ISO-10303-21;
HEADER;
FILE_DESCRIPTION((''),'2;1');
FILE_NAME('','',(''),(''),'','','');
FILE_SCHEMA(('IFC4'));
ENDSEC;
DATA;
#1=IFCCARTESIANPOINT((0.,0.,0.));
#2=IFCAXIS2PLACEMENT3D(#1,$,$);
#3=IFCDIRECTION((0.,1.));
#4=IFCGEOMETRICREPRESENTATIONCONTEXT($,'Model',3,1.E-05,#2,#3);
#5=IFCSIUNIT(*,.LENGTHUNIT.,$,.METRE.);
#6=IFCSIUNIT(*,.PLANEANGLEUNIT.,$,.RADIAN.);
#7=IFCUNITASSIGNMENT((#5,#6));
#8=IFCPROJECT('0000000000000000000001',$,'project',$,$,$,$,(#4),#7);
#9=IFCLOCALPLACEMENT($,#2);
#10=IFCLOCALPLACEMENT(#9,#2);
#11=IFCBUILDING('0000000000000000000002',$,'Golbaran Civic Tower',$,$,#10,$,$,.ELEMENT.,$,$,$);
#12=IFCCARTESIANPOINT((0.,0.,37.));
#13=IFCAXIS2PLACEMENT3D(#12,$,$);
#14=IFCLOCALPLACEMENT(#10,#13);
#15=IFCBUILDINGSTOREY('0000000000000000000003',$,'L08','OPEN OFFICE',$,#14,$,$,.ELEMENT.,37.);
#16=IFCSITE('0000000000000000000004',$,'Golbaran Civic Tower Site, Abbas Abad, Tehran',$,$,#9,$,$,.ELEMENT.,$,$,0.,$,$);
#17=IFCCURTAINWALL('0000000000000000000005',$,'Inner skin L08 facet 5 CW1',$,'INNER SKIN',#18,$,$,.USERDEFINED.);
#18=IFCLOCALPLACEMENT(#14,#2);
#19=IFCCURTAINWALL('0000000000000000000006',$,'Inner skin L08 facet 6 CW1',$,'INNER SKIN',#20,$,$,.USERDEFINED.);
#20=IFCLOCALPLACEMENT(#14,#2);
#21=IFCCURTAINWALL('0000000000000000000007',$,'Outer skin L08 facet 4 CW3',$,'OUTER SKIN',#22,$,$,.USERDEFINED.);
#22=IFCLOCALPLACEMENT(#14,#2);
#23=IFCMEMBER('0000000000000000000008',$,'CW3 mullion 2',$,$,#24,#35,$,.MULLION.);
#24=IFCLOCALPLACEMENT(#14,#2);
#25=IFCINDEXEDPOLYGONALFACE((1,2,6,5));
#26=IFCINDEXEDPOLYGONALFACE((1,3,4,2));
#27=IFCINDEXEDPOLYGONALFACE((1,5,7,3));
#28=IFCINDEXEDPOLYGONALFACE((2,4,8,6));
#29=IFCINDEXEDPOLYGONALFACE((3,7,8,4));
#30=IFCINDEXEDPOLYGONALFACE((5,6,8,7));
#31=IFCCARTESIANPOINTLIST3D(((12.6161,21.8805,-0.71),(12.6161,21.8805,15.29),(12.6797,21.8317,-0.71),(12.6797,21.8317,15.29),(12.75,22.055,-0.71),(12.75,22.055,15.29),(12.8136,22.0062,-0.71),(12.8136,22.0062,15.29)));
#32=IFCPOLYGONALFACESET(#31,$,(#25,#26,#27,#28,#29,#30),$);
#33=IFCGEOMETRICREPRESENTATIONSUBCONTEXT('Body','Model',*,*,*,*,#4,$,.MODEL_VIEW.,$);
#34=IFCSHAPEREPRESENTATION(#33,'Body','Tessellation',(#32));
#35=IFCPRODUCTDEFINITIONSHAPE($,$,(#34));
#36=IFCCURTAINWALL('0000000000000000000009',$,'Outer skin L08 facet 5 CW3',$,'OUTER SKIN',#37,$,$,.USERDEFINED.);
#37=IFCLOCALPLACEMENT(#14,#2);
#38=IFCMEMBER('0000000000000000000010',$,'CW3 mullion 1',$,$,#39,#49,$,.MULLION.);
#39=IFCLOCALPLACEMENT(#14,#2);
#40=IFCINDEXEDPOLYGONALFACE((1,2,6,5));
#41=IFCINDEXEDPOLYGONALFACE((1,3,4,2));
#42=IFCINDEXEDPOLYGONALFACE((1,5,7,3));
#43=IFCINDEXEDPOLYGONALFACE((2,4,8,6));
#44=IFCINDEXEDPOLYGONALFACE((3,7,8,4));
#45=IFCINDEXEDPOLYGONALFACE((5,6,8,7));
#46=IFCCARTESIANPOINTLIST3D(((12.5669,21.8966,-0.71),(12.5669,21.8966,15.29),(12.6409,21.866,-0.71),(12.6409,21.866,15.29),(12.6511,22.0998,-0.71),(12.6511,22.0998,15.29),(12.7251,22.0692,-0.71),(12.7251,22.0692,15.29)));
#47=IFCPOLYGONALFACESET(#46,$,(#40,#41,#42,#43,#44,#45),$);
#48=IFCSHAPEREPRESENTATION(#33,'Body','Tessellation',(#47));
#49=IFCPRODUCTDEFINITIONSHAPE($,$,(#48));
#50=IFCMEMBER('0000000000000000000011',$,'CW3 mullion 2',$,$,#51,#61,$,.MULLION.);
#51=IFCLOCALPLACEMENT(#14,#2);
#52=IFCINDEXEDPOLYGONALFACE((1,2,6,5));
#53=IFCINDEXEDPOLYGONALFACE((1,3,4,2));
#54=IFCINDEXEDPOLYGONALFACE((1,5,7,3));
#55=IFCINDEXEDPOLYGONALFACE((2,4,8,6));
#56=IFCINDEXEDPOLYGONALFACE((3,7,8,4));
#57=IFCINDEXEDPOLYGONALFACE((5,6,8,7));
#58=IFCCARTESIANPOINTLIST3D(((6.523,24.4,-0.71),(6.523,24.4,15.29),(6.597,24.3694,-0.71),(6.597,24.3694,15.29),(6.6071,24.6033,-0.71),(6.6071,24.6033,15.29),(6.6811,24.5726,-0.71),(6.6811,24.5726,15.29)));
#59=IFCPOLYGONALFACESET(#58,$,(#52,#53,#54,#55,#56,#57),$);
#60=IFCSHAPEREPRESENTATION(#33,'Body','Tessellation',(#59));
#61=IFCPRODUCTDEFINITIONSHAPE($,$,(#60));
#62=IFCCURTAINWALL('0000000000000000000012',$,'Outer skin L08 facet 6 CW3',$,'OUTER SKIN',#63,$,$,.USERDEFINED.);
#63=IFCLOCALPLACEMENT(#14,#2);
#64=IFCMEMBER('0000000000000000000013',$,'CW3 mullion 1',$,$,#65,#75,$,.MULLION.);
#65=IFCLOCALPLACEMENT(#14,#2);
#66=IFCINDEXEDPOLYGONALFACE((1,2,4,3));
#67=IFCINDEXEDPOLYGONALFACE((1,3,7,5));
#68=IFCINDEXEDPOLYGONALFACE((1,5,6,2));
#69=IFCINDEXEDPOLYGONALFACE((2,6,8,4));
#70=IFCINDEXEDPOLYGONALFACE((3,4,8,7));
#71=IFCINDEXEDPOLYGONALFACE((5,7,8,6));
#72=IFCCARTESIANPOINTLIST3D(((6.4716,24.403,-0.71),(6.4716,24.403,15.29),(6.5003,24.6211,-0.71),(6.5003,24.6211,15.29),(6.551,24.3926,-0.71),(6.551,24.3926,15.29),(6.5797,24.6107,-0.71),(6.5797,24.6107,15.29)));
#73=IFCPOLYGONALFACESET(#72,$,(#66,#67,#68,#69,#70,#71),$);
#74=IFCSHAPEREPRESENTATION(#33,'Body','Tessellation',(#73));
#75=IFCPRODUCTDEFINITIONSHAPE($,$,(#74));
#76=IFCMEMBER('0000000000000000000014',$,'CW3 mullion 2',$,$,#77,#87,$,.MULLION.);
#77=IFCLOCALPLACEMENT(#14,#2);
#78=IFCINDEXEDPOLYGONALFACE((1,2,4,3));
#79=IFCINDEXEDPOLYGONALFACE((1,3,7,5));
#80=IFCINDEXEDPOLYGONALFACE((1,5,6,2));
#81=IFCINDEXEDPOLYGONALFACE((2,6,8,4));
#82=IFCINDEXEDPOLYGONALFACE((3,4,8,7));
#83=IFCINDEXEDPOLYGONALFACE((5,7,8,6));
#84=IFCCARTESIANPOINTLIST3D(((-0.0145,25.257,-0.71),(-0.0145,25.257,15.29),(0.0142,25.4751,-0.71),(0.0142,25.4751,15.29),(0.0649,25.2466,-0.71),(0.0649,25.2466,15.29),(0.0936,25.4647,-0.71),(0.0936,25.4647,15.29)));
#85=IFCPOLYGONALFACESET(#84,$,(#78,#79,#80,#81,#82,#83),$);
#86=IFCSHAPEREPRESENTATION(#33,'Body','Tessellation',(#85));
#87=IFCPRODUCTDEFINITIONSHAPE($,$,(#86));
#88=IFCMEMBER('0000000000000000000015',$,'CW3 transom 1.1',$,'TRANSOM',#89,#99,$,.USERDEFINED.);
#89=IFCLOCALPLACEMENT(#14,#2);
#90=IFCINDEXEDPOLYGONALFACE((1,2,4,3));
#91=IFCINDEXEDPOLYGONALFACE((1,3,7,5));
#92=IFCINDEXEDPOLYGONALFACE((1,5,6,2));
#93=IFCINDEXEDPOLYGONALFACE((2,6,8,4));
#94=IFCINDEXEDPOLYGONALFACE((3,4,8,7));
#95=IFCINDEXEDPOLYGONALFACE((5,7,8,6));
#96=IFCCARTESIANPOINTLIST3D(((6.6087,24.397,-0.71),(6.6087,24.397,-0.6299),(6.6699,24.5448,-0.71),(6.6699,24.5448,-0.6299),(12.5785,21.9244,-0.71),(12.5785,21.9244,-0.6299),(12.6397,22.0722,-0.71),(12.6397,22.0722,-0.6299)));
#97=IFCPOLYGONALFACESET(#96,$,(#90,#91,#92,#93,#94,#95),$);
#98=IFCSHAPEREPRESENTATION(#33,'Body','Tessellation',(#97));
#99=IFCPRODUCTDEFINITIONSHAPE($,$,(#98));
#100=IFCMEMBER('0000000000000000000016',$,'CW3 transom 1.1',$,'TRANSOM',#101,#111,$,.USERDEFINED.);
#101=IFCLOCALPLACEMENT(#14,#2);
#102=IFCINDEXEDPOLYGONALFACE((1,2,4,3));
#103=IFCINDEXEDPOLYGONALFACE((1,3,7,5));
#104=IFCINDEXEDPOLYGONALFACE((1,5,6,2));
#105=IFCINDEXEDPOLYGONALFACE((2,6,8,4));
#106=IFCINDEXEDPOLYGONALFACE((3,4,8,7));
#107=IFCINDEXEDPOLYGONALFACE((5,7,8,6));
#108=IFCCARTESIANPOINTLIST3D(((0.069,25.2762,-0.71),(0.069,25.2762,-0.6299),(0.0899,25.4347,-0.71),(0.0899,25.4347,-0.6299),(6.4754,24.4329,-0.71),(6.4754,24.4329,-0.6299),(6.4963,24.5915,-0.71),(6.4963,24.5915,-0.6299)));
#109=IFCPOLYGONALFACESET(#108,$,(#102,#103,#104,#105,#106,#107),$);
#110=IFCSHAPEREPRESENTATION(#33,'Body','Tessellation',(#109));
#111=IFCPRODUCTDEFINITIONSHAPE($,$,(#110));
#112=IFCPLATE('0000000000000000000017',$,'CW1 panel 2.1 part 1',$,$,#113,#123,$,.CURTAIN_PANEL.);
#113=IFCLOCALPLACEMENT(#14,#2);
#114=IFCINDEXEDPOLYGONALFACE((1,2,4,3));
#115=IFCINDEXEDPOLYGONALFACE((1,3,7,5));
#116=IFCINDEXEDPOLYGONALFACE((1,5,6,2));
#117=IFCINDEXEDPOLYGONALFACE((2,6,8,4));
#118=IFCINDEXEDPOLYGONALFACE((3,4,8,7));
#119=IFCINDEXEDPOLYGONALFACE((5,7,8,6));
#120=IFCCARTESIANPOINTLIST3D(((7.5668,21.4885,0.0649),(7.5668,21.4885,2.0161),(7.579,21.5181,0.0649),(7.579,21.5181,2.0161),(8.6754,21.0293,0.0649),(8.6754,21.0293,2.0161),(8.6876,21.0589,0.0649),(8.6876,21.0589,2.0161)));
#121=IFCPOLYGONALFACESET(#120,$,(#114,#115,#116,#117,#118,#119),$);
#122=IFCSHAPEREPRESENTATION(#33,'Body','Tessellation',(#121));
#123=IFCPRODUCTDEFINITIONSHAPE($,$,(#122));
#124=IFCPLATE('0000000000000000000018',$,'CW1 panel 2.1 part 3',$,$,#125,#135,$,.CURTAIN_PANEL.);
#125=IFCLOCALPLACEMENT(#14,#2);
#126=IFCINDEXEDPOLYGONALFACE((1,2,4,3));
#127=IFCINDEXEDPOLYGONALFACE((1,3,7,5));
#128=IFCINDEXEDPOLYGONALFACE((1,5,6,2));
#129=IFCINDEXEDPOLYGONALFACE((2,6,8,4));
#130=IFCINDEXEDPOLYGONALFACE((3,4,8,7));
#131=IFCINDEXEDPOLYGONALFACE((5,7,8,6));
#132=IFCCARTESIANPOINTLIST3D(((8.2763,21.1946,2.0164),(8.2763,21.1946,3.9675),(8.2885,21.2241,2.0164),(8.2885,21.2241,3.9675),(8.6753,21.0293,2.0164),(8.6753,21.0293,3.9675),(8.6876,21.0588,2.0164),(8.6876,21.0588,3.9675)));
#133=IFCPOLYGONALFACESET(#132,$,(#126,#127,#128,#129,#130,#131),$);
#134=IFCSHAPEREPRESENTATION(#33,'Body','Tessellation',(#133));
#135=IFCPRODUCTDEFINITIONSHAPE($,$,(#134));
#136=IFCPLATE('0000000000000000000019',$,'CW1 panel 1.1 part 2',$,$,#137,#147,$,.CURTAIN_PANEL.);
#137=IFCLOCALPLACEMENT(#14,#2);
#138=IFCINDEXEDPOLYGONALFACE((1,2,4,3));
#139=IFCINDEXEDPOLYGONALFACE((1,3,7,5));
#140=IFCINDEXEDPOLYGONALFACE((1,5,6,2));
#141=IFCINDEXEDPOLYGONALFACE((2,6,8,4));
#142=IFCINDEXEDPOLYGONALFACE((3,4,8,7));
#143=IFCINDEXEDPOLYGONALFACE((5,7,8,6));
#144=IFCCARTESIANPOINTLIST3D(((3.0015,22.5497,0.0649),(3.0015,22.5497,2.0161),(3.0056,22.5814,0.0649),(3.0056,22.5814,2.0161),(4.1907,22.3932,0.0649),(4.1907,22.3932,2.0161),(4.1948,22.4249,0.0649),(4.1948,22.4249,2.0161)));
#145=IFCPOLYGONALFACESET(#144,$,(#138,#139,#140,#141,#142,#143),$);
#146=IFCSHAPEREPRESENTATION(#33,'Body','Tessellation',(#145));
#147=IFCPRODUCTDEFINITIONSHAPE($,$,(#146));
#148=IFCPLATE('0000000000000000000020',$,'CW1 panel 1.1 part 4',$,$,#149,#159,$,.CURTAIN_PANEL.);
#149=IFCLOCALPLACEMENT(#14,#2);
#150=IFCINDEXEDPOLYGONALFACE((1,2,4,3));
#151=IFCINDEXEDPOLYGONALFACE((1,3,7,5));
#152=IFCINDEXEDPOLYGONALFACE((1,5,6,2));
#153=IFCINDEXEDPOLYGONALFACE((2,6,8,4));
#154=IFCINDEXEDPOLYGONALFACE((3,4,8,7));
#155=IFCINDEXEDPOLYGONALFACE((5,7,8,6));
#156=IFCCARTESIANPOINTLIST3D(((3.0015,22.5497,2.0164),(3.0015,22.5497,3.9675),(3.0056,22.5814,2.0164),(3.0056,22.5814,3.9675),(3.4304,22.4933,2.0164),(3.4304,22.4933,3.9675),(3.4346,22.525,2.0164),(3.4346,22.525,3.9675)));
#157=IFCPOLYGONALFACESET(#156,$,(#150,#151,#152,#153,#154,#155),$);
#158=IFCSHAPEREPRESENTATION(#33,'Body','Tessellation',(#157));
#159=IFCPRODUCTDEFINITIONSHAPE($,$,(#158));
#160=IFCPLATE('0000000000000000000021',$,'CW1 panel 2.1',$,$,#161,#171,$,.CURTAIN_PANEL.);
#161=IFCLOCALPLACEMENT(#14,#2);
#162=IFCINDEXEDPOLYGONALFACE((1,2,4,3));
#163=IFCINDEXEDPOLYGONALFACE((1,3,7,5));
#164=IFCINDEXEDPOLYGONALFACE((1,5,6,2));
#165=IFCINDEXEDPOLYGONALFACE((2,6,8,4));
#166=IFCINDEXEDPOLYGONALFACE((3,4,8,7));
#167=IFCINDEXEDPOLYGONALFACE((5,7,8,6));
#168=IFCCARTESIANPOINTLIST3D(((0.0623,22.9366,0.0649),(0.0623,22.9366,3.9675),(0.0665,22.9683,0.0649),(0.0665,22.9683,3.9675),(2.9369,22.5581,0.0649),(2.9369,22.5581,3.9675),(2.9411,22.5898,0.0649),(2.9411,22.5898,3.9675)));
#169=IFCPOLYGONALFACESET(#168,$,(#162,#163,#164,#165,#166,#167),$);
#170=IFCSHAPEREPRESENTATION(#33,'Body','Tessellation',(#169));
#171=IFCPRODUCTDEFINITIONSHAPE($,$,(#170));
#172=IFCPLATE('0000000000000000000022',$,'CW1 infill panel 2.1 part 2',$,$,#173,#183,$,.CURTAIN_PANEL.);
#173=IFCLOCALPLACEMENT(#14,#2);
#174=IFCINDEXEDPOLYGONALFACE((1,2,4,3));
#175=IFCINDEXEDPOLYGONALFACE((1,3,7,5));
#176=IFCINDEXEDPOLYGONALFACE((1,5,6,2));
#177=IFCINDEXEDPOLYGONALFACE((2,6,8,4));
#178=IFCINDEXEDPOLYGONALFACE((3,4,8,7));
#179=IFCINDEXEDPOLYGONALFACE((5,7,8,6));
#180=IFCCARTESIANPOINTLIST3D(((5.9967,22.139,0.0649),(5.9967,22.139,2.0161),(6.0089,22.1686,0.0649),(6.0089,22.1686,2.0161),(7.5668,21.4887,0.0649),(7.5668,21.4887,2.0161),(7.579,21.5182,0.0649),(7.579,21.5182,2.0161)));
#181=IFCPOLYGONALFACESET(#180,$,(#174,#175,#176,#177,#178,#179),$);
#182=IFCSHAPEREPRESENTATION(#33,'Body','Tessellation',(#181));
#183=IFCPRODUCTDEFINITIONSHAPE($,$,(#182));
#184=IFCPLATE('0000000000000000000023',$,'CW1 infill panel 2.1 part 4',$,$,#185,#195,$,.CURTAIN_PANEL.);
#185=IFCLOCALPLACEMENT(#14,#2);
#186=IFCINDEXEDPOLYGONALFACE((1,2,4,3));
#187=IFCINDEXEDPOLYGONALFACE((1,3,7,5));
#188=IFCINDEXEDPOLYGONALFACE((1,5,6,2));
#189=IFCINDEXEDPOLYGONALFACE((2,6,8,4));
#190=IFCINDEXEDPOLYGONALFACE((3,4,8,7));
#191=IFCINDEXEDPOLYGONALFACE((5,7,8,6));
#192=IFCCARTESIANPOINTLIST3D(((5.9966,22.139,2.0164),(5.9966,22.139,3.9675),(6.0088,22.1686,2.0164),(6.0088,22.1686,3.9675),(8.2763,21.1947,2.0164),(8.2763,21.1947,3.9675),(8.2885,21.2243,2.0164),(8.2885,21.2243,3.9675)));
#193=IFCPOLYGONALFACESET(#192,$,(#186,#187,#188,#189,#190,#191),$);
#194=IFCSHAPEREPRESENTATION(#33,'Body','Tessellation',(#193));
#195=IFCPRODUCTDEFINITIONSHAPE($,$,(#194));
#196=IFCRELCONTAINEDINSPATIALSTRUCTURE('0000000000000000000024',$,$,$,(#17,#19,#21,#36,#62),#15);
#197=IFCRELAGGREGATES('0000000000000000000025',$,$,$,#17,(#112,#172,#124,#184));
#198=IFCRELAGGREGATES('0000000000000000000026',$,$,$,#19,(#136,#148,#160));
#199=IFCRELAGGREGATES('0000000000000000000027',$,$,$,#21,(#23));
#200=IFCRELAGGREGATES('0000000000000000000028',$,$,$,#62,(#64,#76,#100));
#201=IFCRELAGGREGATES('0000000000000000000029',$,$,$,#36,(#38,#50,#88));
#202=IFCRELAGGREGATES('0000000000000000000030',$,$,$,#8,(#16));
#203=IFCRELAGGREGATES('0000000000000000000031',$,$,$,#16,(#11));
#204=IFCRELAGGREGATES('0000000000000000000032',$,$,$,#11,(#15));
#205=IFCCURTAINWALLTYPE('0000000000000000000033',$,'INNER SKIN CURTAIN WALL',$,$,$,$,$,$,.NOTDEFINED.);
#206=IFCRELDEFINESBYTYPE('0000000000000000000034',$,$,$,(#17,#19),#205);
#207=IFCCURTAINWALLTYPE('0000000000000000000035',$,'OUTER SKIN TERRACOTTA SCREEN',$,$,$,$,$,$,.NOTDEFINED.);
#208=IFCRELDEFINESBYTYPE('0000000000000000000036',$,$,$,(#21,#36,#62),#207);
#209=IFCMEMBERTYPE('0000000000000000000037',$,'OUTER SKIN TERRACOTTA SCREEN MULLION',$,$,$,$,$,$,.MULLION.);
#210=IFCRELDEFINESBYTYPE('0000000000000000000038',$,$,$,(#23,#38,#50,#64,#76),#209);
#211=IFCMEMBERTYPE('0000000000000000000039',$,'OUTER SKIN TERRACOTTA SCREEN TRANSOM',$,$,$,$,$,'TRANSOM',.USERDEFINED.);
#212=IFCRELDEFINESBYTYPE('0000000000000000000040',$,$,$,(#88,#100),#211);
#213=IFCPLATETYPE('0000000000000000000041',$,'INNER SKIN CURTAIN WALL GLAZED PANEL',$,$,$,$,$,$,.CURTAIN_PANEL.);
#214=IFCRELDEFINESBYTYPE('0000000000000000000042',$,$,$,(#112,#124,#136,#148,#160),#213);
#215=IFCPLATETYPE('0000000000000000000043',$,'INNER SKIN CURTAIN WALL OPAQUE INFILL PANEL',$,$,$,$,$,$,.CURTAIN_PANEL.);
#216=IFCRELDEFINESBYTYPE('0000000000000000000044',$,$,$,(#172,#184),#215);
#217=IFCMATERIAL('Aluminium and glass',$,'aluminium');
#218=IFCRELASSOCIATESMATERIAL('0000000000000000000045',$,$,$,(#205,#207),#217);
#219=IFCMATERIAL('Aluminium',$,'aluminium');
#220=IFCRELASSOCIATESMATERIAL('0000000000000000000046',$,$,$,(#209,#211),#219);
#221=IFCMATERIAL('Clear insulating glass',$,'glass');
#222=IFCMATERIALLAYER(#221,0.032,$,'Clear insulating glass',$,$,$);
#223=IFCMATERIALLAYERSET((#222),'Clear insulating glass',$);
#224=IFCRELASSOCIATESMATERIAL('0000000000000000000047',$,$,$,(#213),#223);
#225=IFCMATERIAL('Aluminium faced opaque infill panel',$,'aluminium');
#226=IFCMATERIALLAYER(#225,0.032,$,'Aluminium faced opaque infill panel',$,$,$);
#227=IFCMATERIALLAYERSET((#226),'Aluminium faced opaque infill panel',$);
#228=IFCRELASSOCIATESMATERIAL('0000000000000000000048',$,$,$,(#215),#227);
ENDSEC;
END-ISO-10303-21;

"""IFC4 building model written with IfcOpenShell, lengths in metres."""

from ifc_helpers import new_model, si_unit, direction, frame, origin, origin_2d, place, context, subcontext, project, spatial, rectangle, extrude, material, layer, layer_set, material_profile, profile_set, type_object, element, aggregate, save


model = new_model("IFC4")

# Units and contexts
model_context = context("Model", 3, precision=1e-05, world=origin(), true_north=direction((0.0, 1.0)))
body_context = subcontext(model_context, "Body", "Model", "MODEL_VIEW")
ifc_project = project(units=[si_unit("LENGTHUNIT", "METRE"), si_unit("PLANEANGLEUNIT", "RADIAN")], contexts=[model_context])

# Site, building, storey
site_placement = place(None, origin())
site = spatial("IfcSite", under=ifc_project, at=site_placement, Name="Golbaran Civic Tower Site, Abbas Abad, Tehran", CompositionType="ELEMENT", RefElevation=0.0)
building_placement = place(site_placement, origin())
building = spatial("IfcBuilding", under=site, at=building_placement, Name="Golbaran Civic Tower", CompositionType="ELEMENT")
storey_placement = place(building_placement, frame((0.0, 0.0, 37.0)))
storey = spatial("IfcBuildingStorey", under=building, at=storey_placement, Name="L08", Description="OPEN OFFICE", CompositionType="ELEMENT", Elevation=37.0)

# Curtain wall
ifc_material_1 = material(Name="Aluminium and glass", Category="aluminium")
curtain_wall_type_1 = type_object("IfcCurtainWallType", Name="INNER SKIN CURTAIN WALL", PredefinedType="NOTDEFINED", material=ifc_material_1)
curtain_wall_1_placement = place(storey_placement, origin())
curtain_wall_1 = element("IfcCurtainWall", 1, at=curtain_wall_1_placement, inside=storey, type_object=curtain_wall_type_1, Name="Inner skin L08 facet 5 CW1", ObjectType="INNER SKIN", PredefinedType="USERDEFINED")
ifc_material_2 = material(Name="Aluminium", Category="aluminium")

# Curtain wall
curtain_wall_2_placement = place(storey_placement, origin())
curtain_wall_2 = element("IfcCurtainWall", 2, at=curtain_wall_2_placement, inside=storey, type_object=curtain_wall_type_1, Name="Inner skin L08 facet 6 CW1", ObjectType="INNER SKIN", PredefinedType="USERDEFINED")

# Curtain wall, member
curtain_wall_type_2 = type_object("IfcCurtainWallType", Name="OUTER SKIN TERRACOTTA SCREEN", PredefinedType="NOTDEFINED", material=ifc_material_1)
curtain_wall_3_placement = place(storey_placement, origin())
curtain_wall_3 = element("IfcCurtainWall", 3, at=curtain_wall_3_placement, inside=storey, type_object=curtain_wall_type_2, Name="Outer skin L08 facet 4 CW3", ObjectType="OUTER SKIN", PredefinedType="USERDEFINED")
ifc_material_profile_1 = material_profile(ifc_material_2, rectangle(XDim=0.22, YDim=0.0801, at=origin_2d()), Name="OUTER SKIN TERRACOTTA SCREEN MULLION")
ifc_profile_set_1 = profile_set([ifc_material_profile_1], Name="Aluminium")
member_type_1 = type_object("IfcMemberType", Name="OUTER SKIN TERRACOTTA SCREEN MULLION", PredefinedType="MULLION", material=ifc_profile_set_1)
member_1_placement = place(storey_placement, frame((12.7148, 21.9434, -0.71), z_axis=(0.0, 0.0, 1.0), x_axis=(-0.608761, -0.793353, 0.0)))
member_1 = element("IfcMember", 4, at=member_1_placement, type_object=member_type_1, Name="CW3 mullion 2", PredefinedType="MULLION", context=body_context, shape_type="SweptSolid", body=[
    extrude(rectangle(XDim=0.22, YDim=0.0801, at=origin_2d()), origin(), (0.0, 0.0, 1.0), 16.0),
])

# Curtain walls, members
curtain_wall_4_placement = place(storey_placement, origin())
curtain_wall_4 = element("IfcCurtainWall", 5, at=curtain_wall_4_placement, inside=storey, type_object=curtain_wall_type_2, Name="Outer skin L08 facet 5 CW3", ObjectType="OUTER SKIN", PredefinedType="USERDEFINED")
member_2_placement = place(storey_placement, frame((12.646, 21.9829, -0.71), z_axis=(0.0, 0.0, 1.0), x_axis=(-0.382683, -0.92388, 0.0)))
member_2 = element("IfcMember", 6, at=member_2_placement, type_object=member_type_1, Name="CW3 mullion 1", PredefinedType="MULLION", context=body_context, shape_type="SweptSolid", body=[
    extrude(rectangle(XDim=0.22, YDim=0.0801, at=origin_2d()), origin(), (0.0, 0.0, 1.0), 16.0),
])
member_3_placement = place(storey_placement, frame((6.6021, 24.4863, -0.71), z_axis=(0.0, 0.0, 1.0), x_axis=(-0.382683, -0.92388, 0.0)))
member_3 = element("IfcMember", 7, at=member_3_placement, type_object=member_type_1, Name="CW3 mullion 2", PredefinedType="MULLION", context=body_context, shape_type="SweptSolid", body=[
    extrude(rectangle(XDim=0.22, YDim=0.0801, at=origin_2d()), origin(), (0.0, 0.0, 1.0), 16.0),
])
curtain_wall_5_placement = place(storey_placement, origin())
curtain_wall_5 = element("IfcCurtainWall", 8, at=curtain_wall_5_placement, inside=storey, type_object=curtain_wall_type_2, Name="Outer skin L08 facet 6 CW3", ObjectType="OUTER SKIN", PredefinedType="USERDEFINED")
member_4_placement = place(storey_placement, frame((6.5256, 24.5068, -0.71), z_axis=(0.0, 0.0, 1.0), x_axis=(-0.130526, -0.991445, 0.0)))
member_4 = element("IfcMember", 9, at=member_4_placement, type_object=member_type_1, Name="CW3 mullion 1", PredefinedType="MULLION", context=body_context, shape_type="SweptSolid", body=[
    extrude(rectangle(XDim=0.22, YDim=0.0801, at=origin_2d()), origin(), (0.0, 0.0, 1.0), 16.0),
])
member_5_placement = place(storey_placement, frame((0.0396, 25.3608, -0.71), z_axis=(0.0, 0.0, 1.0), x_axis=(-0.130526, -0.991445, 0.0)))
member_5 = element("IfcMember", 10, at=member_5_placement, type_object=member_type_1, Name="CW3 mullion 2", PredefinedType="MULLION", context=body_context, shape_type="SweptSolid", body=[
    extrude(rectangle(XDim=0.22, YDim=0.0801, at=origin_2d()), origin(), (0.0, 0.0, 1.0), 16.0),
])

# Members
ifc_material_profile_2 = material_profile(ifc_material_2, rectangle(XDim=0.1599, YDim=0.0801, at=origin_2d()), Name="OUTER SKIN TERRACOTTA SCREEN TRANSOM")
ifc_profile_set_2 = profile_set([ifc_material_profile_2], Name="Aluminium")
member_type_2 = type_object("IfcMemberType", Name="OUTER SKIN TERRACOTTA SCREEN TRANSOM", ElementType="TRANSOM", PredefinedType="USERDEFINED", material=ifc_profile_set_2)
member_6_placement = place(storey_placement, frame((12.6091, 21.9983, -0.6699), z_axis=(-0.92389, 0.382659, 0.0), x_axis=(-0.382659, -0.92389, 0.0)))
member_6 = element("IfcMember", 11, at=member_6_placement, type_object=member_type_2, Name="CW3 transom 1.1", ObjectType="TRANSOM", PredefinedType="USERDEFINED", context=body_context, shape_type="SweptSolid", body=[
    extrude(rectangle(XDim=0.1599, YDim=0.0801, at=origin_2d()), origin(), (0.0, 0.0, 1.0), 6.4617),
])
member_7_placement = place(storey_placement, frame((6.4858, 24.5122, -0.6699), z_axis=(-0.991448, 0.1305, 0.0), x_axis=(-0.1305, -0.991448, 0.0)))
member_7 = element("IfcMember", 12, at=member_7_placement, type_object=member_type_2, Name="CW3 transom 1.1", ObjectType="TRANSOM", PredefinedType="USERDEFINED", context=body_context, shape_type="SweptSolid", body=[
    extrude(rectangle(XDim=0.1599, YDim=0.0801, at=origin_2d()), origin(), (0.0, 0.0, 1.0), 6.4617),
])

# Plates
ifc_material_3 = material(Name="Clear insulating glass", Category="glass")
ifc_layer_1 = layer(ifc_material_3, 0.032, Name="Clear insulating glass")
ifc_layer_set_1 = layer_set([ifc_layer_1], Name="Clear insulating glass")
plate_type_1 = type_object("IfcPlateType", Name="INNER SKIN CURTAIN WALL GLAZED PANEL", PredefinedType="CURTAIN_PANEL", material=ifc_layer_set_1)
plate_1_placement = place(storey_placement, frame((8.1272, 21.2737, 0.0649), z_axis=(0.0, 0.0, 1.0), x_axis=(-0.92388, 0.382683, 0.0)))
plate_1 = element("IfcPlate", 13, at=plate_1_placement, type_object=plate_type_1, Name="CW1 panel 2.1 part 1", PredefinedType="CURTAIN_PANEL", context=body_context, shape_type="SweptSolid", body=[
    extrude(rectangle(XDim=1.2, YDim=0.032, at=origin_2d()), origin(), (0.0, 0.0, 1.0), 1.9512),
])
plate_2_placement = place(storey_placement, frame((8.4819, 21.1267, 2.0164), z_axis=(0.0, 0.0, 1.0), x_axis=(-0.92388, 0.382683, 0.0)))
plate_2 = element("IfcPlate", 14, at=plate_2_placement, type_object=plate_type_1, Name="CW1 panel 2.1 part 3", PredefinedType="CURTAIN_PANEL", context=body_context, shape_type="SweptSolid", body=[
    extrude(rectangle(XDim=0.4319, YDim=0.032, at=origin_2d()), origin(), (0.0, 0.0, 1.0), 1.9512),
])
plate_3_placement = place(storey_placement, frame((3.5981, 22.4873, 0.0649), z_axis=(0.0, 0.0, 1.0), x_axis=(-0.991445, 0.130526, 0.0)))
plate_3 = element("IfcPlate", 15, at=plate_3_placement, type_object=plate_type_1, Name="CW1 panel 1.1 part 2", PredefinedType="CURTAIN_PANEL", context=body_context, shape_type="SweptSolid", body=[
    extrude(rectangle(XDim=1.1995, YDim=0.032, at=origin_2d()), origin(), (0.0, 0.0, 1.0), 1.9512),
])
plate_4_placement = place(storey_placement, frame((3.218, 22.5374, 2.0164), z_axis=(0.0, 0.0, 1.0), x_axis=(-0.991445, 0.130526, 0.0)))
plate_4 = element("IfcPlate", 16, at=plate_4_placement, type_object=plate_type_1, Name="CW1 panel 1.1 part 4", PredefinedType="CURTAIN_PANEL", context=body_context, shape_type="SweptSolid", body=[
    extrude(rectangle(XDim=0.4326, YDim=0.032, at=origin_2d()), origin(), (0.0, 0.0, 1.0), 1.9512),
])
plate_5_placement = place(storey_placement, frame((1.5017, 22.7632, 0.0649), z_axis=(0.0, 0.0, 1.0), x_axis=(-0.991445, 0.130526, 0.0)))
plate_5 = element("IfcPlate", 17, at=plate_5_placement, type_object=plate_type_1, Name="CW1 panel 2.1", PredefinedType="CURTAIN_PANEL", context=body_context, shape_type="SweptSolid", body=[
    extrude(rectangle(XDim=2.8994, YDim=0.032, at=origin_2d()), origin(), (0.0, 0.0, 1.0), 3.9026),
])
ifc_material_4 = material(Name="Aluminium faced opaque infill panel", Category="aluminium")
ifc_layer_2 = layer(ifc_material_4, 0.032, Name="Aluminium faced opaque infill panel")
ifc_layer_set_2 = layer_set([ifc_layer_2], Name="Aluminium faced opaque infill panel")
plate_type_2 = type_object("IfcPlateType", Name="INNER SKIN CURTAIN WALL OPAQUE INFILL PANEL", PredefinedType="CURTAIN_PANEL", material=ifc_layer_set_2)
plate_6_placement = place(storey_placement, frame((6.7878, 21.8286, 0.0649), z_axis=(0.0, 0.0, 1.0), x_axis=(-0.92388, 0.382683, 0.0)))
plate_6 = element("IfcPlate", 18, at=plate_6_placement, type_object=plate_type_2, Name="CW1 infill panel 2.1 part 2", PredefinedType="CURTAIN_PANEL", context=body_context, shape_type="SweptSolid", body=[
    extrude(rectangle(XDim=1.6995, YDim=0.032, at=origin_2d()), origin(), (0.0, 0.0, 1.0), 1.9512),
])
plate_7_placement = place(storey_placement, frame((7.1426, 21.6816, 2.0164), z_axis=(0.0, 0.0, 1.0), x_axis=(-0.92388, 0.382683, 0.0)))
plate_7 = element("IfcPlate", 19, at=plate_7_placement, type_object=plate_type_2, Name="CW1 infill panel 2.1 part 4", PredefinedType="CURTAIN_PANEL", context=body_context, shape_type="SweptSolid", body=[
    extrude(rectangle(XDim=2.4675, YDim=0.032, at=origin_2d()), origin(), (0.0, 0.0, 1.0), 1.9512),
])
aggregate(curtain_wall_1, [plate_1, plate_6, plate_2, plate_7])
aggregate(curtain_wall_2, [plate_3, plate_4, plate_5])
aggregate(curtain_wall_3, [member_1])
aggregate(curtain_wall_5, [member_4, member_5, member_7])
aggregate(curtain_wall_4, [member_2, member_3, member_6])

save(model, "model.ifc")
